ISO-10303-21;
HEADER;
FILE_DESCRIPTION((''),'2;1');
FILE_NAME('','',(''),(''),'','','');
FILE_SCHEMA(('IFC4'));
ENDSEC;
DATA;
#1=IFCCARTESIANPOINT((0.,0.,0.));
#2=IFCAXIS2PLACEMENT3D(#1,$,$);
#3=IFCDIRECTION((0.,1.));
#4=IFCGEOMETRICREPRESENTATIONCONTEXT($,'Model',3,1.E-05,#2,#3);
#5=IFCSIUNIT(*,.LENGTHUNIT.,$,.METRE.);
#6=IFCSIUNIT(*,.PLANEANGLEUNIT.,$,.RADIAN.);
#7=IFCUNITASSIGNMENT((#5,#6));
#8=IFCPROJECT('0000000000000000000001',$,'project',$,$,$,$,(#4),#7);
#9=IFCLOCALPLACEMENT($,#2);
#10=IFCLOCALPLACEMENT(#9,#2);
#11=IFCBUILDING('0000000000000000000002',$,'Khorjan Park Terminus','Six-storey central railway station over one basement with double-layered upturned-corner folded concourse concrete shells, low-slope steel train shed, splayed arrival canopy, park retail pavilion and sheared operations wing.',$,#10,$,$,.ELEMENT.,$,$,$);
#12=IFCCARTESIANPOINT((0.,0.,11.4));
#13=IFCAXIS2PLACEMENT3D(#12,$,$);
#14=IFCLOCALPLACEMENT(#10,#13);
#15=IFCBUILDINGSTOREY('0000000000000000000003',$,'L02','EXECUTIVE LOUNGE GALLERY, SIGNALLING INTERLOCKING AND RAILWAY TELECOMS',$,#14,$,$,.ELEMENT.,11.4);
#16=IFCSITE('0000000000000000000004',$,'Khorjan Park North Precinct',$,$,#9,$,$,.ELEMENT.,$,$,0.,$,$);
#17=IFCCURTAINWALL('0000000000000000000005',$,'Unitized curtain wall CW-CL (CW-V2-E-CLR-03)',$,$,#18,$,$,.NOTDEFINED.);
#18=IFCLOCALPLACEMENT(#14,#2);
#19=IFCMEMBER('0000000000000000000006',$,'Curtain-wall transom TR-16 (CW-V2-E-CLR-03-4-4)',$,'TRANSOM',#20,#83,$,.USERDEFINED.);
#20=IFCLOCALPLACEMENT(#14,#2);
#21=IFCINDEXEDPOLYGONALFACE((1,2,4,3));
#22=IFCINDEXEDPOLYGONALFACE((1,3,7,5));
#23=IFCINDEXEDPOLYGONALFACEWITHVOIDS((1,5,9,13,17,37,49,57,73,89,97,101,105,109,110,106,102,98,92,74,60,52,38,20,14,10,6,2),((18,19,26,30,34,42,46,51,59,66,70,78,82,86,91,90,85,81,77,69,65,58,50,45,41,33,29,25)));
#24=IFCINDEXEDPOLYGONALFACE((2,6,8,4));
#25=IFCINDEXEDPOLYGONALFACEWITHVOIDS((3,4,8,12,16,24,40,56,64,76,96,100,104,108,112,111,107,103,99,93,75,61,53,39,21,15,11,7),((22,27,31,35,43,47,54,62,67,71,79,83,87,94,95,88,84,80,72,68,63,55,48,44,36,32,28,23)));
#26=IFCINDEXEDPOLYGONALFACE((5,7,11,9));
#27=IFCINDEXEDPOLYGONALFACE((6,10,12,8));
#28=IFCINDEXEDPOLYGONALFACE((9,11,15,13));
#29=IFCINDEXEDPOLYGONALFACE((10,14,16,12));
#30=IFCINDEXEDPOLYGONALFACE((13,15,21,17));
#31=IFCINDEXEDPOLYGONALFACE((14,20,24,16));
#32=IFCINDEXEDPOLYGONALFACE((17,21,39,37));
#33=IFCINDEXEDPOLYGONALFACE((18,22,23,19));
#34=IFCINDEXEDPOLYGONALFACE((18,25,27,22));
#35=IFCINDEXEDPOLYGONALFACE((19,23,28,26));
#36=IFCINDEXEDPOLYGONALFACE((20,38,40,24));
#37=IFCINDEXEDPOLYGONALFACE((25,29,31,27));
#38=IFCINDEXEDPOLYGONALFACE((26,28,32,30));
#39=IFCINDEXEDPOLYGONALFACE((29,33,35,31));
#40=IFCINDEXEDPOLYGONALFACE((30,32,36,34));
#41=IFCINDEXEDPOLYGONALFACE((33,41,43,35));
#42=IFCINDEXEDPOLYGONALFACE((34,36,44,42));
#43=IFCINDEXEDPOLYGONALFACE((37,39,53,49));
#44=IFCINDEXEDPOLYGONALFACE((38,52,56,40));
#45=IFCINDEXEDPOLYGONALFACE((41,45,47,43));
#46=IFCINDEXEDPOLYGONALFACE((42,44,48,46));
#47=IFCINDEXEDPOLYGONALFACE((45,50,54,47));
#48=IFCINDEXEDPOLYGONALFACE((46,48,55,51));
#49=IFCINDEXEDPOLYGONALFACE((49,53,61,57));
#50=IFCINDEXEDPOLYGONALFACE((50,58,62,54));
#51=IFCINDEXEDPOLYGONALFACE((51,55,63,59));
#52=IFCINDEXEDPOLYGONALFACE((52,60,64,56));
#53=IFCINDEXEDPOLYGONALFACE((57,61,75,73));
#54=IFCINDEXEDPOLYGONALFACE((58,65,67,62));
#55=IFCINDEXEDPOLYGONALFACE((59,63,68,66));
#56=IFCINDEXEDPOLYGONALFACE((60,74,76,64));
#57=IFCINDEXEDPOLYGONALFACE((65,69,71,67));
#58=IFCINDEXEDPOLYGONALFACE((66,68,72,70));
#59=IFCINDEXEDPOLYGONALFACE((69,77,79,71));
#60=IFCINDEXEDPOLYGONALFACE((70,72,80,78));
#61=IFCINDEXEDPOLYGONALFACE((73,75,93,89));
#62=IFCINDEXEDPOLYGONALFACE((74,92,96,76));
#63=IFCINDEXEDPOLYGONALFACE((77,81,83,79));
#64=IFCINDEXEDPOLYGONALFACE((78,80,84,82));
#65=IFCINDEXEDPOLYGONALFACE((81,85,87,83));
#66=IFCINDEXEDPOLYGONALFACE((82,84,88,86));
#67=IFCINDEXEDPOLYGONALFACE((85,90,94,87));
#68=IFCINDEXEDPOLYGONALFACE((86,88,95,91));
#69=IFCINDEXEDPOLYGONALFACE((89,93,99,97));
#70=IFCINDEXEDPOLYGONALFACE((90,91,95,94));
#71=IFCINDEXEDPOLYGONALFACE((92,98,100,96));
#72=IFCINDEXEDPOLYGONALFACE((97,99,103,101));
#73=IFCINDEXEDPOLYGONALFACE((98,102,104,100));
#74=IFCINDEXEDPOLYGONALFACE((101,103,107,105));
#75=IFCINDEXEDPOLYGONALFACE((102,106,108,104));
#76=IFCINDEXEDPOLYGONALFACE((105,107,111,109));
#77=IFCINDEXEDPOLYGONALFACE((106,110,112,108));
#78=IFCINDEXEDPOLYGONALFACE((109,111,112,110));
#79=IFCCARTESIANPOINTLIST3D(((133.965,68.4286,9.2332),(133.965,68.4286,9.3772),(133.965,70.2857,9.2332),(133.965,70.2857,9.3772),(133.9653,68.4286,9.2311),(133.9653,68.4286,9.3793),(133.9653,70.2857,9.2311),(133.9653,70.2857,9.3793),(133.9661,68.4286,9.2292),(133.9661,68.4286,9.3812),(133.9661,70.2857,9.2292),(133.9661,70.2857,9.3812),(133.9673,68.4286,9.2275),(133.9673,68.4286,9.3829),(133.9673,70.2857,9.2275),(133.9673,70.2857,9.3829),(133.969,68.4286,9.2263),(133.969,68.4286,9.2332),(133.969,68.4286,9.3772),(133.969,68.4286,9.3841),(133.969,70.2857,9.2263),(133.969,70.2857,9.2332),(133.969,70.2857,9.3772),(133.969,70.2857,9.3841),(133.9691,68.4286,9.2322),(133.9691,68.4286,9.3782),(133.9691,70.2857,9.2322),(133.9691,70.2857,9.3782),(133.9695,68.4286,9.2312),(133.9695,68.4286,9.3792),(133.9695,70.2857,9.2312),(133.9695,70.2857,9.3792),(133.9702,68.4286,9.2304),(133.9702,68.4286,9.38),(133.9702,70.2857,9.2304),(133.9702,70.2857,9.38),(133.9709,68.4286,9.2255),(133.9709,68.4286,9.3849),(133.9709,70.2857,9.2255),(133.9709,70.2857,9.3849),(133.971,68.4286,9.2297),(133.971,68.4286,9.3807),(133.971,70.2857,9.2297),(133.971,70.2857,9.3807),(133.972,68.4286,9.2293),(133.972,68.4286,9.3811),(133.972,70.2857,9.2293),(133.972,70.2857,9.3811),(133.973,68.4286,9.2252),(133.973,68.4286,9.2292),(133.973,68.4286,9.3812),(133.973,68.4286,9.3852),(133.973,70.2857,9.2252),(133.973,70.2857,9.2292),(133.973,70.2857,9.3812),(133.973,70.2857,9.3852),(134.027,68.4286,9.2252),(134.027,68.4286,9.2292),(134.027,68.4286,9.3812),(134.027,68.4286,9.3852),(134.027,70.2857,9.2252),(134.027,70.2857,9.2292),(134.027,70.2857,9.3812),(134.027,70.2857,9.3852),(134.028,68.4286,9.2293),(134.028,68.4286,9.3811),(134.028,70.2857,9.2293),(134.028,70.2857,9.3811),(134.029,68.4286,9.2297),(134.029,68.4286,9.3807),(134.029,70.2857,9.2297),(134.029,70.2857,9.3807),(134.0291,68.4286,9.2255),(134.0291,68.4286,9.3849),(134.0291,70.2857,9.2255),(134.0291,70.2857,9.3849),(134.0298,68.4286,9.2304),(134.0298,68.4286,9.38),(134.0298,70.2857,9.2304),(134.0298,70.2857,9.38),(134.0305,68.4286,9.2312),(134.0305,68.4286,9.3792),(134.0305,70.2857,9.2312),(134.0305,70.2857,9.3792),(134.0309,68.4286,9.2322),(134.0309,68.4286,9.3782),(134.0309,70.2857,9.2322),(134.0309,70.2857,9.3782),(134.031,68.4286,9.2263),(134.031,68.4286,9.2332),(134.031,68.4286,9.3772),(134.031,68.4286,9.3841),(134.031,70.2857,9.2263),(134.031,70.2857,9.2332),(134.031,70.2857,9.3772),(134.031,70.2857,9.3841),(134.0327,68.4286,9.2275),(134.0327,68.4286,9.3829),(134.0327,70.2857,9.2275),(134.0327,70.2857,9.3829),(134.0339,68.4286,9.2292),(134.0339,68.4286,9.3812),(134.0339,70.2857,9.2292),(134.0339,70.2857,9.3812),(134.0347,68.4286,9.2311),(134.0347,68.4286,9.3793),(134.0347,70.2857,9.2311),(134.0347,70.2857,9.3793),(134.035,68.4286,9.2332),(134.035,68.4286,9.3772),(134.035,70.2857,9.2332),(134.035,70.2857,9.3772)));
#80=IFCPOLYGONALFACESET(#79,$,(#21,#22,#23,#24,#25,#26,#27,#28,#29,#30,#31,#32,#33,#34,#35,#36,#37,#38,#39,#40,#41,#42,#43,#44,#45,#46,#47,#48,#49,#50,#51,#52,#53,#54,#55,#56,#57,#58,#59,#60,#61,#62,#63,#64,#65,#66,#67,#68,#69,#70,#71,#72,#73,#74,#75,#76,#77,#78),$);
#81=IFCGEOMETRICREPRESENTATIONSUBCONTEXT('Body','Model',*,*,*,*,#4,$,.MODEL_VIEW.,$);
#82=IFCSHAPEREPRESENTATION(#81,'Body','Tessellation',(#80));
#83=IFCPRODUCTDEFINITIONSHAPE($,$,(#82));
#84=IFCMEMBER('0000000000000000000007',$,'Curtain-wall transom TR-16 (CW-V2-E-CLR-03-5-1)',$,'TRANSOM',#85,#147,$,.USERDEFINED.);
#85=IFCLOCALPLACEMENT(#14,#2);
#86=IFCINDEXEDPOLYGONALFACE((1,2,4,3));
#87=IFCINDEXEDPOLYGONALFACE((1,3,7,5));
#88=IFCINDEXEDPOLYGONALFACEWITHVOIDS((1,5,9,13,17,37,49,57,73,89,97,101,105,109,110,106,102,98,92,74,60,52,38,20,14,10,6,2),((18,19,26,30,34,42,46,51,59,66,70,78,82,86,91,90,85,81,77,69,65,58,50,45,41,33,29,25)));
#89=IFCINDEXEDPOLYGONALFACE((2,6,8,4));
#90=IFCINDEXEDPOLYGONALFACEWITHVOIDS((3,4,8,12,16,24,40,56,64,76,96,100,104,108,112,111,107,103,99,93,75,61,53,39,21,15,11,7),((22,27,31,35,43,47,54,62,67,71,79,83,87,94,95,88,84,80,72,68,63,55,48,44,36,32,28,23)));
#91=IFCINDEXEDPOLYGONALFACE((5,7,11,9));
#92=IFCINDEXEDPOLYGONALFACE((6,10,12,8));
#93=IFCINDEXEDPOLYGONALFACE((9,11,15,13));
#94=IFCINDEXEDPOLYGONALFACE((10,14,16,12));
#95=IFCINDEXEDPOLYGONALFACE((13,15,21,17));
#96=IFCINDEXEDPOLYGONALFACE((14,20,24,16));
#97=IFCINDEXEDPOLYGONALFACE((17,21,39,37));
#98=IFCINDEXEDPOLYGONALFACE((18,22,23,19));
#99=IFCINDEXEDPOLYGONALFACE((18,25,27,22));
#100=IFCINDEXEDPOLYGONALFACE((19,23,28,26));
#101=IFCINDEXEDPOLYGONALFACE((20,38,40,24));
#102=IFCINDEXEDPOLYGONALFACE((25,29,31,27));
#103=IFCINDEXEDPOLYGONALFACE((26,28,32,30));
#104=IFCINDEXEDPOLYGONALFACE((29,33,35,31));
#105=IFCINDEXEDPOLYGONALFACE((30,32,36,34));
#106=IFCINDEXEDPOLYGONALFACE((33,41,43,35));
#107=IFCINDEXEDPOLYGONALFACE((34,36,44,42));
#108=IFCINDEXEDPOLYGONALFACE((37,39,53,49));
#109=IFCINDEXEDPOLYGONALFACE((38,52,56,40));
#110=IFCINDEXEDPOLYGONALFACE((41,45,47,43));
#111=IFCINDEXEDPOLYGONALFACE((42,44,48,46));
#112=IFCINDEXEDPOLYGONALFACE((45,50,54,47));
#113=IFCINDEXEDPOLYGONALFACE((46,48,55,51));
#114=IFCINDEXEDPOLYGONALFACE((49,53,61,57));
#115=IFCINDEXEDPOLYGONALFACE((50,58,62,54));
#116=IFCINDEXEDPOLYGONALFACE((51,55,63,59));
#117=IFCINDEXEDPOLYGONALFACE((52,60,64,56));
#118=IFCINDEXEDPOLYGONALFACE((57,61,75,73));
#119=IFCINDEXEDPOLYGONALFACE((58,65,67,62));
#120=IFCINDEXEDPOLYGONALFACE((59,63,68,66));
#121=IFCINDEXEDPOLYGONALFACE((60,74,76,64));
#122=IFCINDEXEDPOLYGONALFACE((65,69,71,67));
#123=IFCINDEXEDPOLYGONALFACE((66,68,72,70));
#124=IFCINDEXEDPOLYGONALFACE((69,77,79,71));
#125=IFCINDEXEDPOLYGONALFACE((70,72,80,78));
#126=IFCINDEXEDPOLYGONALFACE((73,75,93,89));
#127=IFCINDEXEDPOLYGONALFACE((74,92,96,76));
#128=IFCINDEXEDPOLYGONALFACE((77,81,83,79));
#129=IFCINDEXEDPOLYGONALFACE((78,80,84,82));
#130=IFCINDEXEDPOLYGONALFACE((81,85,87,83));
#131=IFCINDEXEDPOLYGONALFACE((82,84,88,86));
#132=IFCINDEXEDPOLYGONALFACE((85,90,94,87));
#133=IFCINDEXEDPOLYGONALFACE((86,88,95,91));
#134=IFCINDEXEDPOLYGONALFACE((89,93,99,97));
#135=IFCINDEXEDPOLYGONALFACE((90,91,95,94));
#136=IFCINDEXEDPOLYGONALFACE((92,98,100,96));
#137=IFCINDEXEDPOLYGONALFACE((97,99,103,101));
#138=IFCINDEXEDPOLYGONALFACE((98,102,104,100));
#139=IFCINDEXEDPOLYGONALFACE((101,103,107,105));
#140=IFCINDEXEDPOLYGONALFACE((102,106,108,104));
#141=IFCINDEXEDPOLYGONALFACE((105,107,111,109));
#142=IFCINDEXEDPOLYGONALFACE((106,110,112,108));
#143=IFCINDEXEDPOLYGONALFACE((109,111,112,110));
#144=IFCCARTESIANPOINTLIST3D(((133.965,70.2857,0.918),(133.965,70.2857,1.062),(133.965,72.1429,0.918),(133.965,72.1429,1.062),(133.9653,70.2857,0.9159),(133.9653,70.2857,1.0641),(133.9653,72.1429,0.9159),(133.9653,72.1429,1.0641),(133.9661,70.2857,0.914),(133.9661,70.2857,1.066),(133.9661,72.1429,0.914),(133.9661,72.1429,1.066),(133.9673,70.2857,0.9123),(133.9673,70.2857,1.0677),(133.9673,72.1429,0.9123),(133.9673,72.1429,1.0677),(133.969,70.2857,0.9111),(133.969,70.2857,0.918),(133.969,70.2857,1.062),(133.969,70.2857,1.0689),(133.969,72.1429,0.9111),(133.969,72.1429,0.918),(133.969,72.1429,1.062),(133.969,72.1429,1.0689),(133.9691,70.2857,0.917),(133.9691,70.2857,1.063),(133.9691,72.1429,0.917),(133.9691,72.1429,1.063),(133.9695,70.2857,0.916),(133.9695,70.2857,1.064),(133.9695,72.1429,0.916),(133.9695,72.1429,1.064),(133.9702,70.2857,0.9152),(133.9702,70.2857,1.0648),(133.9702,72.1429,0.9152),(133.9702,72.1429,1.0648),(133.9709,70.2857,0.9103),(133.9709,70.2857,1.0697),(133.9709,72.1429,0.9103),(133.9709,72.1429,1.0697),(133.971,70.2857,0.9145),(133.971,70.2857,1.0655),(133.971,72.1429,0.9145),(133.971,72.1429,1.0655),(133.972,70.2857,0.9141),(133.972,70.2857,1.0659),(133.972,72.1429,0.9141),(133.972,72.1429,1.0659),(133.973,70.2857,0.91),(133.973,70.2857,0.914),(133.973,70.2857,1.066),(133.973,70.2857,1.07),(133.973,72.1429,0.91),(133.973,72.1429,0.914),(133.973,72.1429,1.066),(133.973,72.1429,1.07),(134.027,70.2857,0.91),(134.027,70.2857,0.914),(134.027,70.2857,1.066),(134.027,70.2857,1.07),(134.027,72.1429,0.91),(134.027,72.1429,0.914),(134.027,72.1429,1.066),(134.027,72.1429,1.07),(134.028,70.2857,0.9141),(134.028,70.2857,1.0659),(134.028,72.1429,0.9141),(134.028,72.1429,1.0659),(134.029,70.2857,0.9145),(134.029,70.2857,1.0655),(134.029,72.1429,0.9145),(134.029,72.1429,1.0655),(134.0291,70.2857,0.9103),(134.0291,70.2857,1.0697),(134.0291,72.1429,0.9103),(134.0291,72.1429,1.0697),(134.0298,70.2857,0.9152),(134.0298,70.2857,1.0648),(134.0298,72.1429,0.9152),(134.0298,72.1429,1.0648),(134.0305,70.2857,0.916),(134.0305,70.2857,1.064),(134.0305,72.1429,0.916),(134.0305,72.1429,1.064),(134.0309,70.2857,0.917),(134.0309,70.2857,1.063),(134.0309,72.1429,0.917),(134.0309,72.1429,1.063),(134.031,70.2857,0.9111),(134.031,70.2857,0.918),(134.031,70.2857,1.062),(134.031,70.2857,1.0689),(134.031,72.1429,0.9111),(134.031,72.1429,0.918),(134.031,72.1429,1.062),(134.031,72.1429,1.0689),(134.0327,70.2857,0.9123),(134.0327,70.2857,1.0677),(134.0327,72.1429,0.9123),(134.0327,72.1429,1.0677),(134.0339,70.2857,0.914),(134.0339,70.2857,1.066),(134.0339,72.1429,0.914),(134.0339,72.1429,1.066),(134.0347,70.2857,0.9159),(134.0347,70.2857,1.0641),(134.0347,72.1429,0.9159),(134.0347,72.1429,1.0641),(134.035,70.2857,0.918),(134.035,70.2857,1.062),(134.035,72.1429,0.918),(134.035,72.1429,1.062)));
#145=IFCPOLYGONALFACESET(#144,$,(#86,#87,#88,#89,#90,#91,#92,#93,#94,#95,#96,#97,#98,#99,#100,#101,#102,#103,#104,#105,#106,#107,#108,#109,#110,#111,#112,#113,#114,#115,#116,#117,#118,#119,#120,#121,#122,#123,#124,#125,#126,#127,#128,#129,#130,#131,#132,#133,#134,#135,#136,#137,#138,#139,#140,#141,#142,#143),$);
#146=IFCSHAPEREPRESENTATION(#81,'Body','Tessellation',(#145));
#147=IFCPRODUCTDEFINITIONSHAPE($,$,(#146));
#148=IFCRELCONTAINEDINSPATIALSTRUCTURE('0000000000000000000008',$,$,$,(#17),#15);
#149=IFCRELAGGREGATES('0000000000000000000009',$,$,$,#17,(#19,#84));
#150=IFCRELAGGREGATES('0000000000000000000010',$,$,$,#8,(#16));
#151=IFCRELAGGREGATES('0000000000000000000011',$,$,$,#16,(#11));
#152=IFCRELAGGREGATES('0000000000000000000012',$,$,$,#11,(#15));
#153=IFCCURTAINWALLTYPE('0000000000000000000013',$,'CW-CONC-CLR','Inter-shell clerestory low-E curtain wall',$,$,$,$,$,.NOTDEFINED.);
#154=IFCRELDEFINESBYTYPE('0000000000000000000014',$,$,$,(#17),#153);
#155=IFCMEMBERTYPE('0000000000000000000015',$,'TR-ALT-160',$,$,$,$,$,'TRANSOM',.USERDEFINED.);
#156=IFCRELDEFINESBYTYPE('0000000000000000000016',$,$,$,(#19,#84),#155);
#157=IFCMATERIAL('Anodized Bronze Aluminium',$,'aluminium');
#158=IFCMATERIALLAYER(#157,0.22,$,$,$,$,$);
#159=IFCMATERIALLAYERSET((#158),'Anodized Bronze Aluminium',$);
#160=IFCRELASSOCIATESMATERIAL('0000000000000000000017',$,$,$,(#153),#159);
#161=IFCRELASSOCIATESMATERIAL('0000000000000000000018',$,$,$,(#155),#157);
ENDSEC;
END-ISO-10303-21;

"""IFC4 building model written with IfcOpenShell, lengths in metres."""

from ifc_helpers import new_model, si_unit, direction, frame, origin, origin_2d, place, context, subcontext, project, spatial, hollow_rectangle, extrude, material, layer, layer_set, material_profile, profile_set, type_object, element, aggregate, save


model = new_model("IFC4")

# Units and contexts
model_context = context("Model", 3, precision=1e-05, world=origin(), true_north=direction((0.0, 1.0)))
body_context = subcontext(model_context, "Body", "Model", "MODEL_VIEW")
ifc_project = project(units=[si_unit("LENGTHUNIT", "METRE"), si_unit("PLANEANGLEUNIT", "RADIAN")], contexts=[model_context])

# Site, building, storey
site_placement = place(None, origin())
site = spatial("IfcSite", under=ifc_project, at=site_placement, Name="Khorjan Park North Precinct", CompositionType="ELEMENT", RefElevation=0.0)
building_placement = place(site_placement, origin())
building = spatial("IfcBuilding", under=site, at=building_placement, Name="Khorjan Park Terminus", Description="Six-storey central railway station over one basement with double-layered upturned-corner folded concourse concrete shells, low-slope steel train shed, splayed arrival canopy, park retail pavilion and sheared operations wing.", CompositionType="ELEMENT")
storey_placement = place(building_placement, frame((0.0, 0.0, 11.4)))
storey = spatial("IfcBuildingStorey", under=building, at=storey_placement, Name="L02", Description="EXECUTIVE LOUNGE GALLERY, SIGNALLING INTERLOCKING AND RAILWAY TELECOMS", CompositionType="ELEMENT", Elevation=11.4)

# Curtain wall, members
ifc_material_1 = material(Name="Anodized Bronze Aluminium", Category="aluminium")
ifc_layer_1 = layer(ifc_material_1, 0.22)
ifc_layer_set_1 = layer_set([ifc_layer_1], Name="Anodized Bronze Aluminium")
curtain_wall_type = type_object("IfcCurtainWallType", Name="CW-CONC-CLR", Description="Inter-shell clerestory low-E curtain wall", PredefinedType="NOTDEFINED", material=ifc_layer_set_1)
curtain_wall_placement = place(storey_placement, origin())
curtain_wall = element("IfcCurtainWall", 1, at=curtain_wall_placement, inside=storey, type_object=curtain_wall_type, Name="Unitized curtain wall CW-CL (CW-V2-E-CLR-03)", PredefinedType="NOTDEFINED")
ifc_material_profile_1 = material_profile(ifc_material_1, hollow_rectangle(XDim=0.07, YDim=0.16, WallThickness=0.004, InnerFilletRadius=0.004, OuterFilletRadius=0.008, at=origin_2d()), Name="ALT 70x160x4")
ifc_profile_set_1 = profile_set([ifc_material_profile_1], Name="Anodized Bronze Aluminium")
member_type_1 = type_object("IfcMemberType", Name="TR-ALT-160", ElementType="TRANSOM", PredefinedType="USERDEFINED", material=ifc_profile_set_1)
member_1_placement = place(storey_placement, frame((134.0, 68.4286, 9.3052), z_axis=(0.0, 1.0, 0.0), x_axis=(-1.0, 0.0, 0.0)))
member_1 = element("IfcMember", 2, at=member_1_placement, type_object=member_type_1, Name="Curtain-wall transom TR-16 (CW-V2-E-CLR-03-4-4)", ObjectType="TRANSOM", PredefinedType="USERDEFINED", context=body_context, shape_type="SweptSolid", body=[
    extrude(hollow_rectangle(XDim=0.07, YDim=0.16, WallThickness=0.004, InnerFilletRadius=0.004, OuterFilletRadius=0.008, at=origin_2d()), origin(), (0.0, 0.0, 1.0), 1.8571),
])
member_2_placement = place(storey_placement, frame((134.0, 70.2857, 0.99), z_axis=(0.0, 1.0, 0.0), x_axis=(-1.0, 0.0, 0.0)))
member_2 = element("IfcMember", 3, at=member_2_placement, type_object=member_type_1, Name="Curtain-wall transom TR-16 (CW-V2-E-CLR-03-5-1)", ObjectType="TRANSOM", PredefinedType="USERDEFINED", context=body_context, shape_type="SweptSolid", body=[
    extrude(hollow_rectangle(XDim=0.07, YDim=0.16, WallThickness=0.004, InnerFilletRadius=0.004, OuterFilletRadius=0.008, at=origin_2d()), origin(), (0.0, 0.0, 1.0), 1.8572),
])

aggregate(curtain_wall, [member_1, member_2])

save(model, "model.ifc")
